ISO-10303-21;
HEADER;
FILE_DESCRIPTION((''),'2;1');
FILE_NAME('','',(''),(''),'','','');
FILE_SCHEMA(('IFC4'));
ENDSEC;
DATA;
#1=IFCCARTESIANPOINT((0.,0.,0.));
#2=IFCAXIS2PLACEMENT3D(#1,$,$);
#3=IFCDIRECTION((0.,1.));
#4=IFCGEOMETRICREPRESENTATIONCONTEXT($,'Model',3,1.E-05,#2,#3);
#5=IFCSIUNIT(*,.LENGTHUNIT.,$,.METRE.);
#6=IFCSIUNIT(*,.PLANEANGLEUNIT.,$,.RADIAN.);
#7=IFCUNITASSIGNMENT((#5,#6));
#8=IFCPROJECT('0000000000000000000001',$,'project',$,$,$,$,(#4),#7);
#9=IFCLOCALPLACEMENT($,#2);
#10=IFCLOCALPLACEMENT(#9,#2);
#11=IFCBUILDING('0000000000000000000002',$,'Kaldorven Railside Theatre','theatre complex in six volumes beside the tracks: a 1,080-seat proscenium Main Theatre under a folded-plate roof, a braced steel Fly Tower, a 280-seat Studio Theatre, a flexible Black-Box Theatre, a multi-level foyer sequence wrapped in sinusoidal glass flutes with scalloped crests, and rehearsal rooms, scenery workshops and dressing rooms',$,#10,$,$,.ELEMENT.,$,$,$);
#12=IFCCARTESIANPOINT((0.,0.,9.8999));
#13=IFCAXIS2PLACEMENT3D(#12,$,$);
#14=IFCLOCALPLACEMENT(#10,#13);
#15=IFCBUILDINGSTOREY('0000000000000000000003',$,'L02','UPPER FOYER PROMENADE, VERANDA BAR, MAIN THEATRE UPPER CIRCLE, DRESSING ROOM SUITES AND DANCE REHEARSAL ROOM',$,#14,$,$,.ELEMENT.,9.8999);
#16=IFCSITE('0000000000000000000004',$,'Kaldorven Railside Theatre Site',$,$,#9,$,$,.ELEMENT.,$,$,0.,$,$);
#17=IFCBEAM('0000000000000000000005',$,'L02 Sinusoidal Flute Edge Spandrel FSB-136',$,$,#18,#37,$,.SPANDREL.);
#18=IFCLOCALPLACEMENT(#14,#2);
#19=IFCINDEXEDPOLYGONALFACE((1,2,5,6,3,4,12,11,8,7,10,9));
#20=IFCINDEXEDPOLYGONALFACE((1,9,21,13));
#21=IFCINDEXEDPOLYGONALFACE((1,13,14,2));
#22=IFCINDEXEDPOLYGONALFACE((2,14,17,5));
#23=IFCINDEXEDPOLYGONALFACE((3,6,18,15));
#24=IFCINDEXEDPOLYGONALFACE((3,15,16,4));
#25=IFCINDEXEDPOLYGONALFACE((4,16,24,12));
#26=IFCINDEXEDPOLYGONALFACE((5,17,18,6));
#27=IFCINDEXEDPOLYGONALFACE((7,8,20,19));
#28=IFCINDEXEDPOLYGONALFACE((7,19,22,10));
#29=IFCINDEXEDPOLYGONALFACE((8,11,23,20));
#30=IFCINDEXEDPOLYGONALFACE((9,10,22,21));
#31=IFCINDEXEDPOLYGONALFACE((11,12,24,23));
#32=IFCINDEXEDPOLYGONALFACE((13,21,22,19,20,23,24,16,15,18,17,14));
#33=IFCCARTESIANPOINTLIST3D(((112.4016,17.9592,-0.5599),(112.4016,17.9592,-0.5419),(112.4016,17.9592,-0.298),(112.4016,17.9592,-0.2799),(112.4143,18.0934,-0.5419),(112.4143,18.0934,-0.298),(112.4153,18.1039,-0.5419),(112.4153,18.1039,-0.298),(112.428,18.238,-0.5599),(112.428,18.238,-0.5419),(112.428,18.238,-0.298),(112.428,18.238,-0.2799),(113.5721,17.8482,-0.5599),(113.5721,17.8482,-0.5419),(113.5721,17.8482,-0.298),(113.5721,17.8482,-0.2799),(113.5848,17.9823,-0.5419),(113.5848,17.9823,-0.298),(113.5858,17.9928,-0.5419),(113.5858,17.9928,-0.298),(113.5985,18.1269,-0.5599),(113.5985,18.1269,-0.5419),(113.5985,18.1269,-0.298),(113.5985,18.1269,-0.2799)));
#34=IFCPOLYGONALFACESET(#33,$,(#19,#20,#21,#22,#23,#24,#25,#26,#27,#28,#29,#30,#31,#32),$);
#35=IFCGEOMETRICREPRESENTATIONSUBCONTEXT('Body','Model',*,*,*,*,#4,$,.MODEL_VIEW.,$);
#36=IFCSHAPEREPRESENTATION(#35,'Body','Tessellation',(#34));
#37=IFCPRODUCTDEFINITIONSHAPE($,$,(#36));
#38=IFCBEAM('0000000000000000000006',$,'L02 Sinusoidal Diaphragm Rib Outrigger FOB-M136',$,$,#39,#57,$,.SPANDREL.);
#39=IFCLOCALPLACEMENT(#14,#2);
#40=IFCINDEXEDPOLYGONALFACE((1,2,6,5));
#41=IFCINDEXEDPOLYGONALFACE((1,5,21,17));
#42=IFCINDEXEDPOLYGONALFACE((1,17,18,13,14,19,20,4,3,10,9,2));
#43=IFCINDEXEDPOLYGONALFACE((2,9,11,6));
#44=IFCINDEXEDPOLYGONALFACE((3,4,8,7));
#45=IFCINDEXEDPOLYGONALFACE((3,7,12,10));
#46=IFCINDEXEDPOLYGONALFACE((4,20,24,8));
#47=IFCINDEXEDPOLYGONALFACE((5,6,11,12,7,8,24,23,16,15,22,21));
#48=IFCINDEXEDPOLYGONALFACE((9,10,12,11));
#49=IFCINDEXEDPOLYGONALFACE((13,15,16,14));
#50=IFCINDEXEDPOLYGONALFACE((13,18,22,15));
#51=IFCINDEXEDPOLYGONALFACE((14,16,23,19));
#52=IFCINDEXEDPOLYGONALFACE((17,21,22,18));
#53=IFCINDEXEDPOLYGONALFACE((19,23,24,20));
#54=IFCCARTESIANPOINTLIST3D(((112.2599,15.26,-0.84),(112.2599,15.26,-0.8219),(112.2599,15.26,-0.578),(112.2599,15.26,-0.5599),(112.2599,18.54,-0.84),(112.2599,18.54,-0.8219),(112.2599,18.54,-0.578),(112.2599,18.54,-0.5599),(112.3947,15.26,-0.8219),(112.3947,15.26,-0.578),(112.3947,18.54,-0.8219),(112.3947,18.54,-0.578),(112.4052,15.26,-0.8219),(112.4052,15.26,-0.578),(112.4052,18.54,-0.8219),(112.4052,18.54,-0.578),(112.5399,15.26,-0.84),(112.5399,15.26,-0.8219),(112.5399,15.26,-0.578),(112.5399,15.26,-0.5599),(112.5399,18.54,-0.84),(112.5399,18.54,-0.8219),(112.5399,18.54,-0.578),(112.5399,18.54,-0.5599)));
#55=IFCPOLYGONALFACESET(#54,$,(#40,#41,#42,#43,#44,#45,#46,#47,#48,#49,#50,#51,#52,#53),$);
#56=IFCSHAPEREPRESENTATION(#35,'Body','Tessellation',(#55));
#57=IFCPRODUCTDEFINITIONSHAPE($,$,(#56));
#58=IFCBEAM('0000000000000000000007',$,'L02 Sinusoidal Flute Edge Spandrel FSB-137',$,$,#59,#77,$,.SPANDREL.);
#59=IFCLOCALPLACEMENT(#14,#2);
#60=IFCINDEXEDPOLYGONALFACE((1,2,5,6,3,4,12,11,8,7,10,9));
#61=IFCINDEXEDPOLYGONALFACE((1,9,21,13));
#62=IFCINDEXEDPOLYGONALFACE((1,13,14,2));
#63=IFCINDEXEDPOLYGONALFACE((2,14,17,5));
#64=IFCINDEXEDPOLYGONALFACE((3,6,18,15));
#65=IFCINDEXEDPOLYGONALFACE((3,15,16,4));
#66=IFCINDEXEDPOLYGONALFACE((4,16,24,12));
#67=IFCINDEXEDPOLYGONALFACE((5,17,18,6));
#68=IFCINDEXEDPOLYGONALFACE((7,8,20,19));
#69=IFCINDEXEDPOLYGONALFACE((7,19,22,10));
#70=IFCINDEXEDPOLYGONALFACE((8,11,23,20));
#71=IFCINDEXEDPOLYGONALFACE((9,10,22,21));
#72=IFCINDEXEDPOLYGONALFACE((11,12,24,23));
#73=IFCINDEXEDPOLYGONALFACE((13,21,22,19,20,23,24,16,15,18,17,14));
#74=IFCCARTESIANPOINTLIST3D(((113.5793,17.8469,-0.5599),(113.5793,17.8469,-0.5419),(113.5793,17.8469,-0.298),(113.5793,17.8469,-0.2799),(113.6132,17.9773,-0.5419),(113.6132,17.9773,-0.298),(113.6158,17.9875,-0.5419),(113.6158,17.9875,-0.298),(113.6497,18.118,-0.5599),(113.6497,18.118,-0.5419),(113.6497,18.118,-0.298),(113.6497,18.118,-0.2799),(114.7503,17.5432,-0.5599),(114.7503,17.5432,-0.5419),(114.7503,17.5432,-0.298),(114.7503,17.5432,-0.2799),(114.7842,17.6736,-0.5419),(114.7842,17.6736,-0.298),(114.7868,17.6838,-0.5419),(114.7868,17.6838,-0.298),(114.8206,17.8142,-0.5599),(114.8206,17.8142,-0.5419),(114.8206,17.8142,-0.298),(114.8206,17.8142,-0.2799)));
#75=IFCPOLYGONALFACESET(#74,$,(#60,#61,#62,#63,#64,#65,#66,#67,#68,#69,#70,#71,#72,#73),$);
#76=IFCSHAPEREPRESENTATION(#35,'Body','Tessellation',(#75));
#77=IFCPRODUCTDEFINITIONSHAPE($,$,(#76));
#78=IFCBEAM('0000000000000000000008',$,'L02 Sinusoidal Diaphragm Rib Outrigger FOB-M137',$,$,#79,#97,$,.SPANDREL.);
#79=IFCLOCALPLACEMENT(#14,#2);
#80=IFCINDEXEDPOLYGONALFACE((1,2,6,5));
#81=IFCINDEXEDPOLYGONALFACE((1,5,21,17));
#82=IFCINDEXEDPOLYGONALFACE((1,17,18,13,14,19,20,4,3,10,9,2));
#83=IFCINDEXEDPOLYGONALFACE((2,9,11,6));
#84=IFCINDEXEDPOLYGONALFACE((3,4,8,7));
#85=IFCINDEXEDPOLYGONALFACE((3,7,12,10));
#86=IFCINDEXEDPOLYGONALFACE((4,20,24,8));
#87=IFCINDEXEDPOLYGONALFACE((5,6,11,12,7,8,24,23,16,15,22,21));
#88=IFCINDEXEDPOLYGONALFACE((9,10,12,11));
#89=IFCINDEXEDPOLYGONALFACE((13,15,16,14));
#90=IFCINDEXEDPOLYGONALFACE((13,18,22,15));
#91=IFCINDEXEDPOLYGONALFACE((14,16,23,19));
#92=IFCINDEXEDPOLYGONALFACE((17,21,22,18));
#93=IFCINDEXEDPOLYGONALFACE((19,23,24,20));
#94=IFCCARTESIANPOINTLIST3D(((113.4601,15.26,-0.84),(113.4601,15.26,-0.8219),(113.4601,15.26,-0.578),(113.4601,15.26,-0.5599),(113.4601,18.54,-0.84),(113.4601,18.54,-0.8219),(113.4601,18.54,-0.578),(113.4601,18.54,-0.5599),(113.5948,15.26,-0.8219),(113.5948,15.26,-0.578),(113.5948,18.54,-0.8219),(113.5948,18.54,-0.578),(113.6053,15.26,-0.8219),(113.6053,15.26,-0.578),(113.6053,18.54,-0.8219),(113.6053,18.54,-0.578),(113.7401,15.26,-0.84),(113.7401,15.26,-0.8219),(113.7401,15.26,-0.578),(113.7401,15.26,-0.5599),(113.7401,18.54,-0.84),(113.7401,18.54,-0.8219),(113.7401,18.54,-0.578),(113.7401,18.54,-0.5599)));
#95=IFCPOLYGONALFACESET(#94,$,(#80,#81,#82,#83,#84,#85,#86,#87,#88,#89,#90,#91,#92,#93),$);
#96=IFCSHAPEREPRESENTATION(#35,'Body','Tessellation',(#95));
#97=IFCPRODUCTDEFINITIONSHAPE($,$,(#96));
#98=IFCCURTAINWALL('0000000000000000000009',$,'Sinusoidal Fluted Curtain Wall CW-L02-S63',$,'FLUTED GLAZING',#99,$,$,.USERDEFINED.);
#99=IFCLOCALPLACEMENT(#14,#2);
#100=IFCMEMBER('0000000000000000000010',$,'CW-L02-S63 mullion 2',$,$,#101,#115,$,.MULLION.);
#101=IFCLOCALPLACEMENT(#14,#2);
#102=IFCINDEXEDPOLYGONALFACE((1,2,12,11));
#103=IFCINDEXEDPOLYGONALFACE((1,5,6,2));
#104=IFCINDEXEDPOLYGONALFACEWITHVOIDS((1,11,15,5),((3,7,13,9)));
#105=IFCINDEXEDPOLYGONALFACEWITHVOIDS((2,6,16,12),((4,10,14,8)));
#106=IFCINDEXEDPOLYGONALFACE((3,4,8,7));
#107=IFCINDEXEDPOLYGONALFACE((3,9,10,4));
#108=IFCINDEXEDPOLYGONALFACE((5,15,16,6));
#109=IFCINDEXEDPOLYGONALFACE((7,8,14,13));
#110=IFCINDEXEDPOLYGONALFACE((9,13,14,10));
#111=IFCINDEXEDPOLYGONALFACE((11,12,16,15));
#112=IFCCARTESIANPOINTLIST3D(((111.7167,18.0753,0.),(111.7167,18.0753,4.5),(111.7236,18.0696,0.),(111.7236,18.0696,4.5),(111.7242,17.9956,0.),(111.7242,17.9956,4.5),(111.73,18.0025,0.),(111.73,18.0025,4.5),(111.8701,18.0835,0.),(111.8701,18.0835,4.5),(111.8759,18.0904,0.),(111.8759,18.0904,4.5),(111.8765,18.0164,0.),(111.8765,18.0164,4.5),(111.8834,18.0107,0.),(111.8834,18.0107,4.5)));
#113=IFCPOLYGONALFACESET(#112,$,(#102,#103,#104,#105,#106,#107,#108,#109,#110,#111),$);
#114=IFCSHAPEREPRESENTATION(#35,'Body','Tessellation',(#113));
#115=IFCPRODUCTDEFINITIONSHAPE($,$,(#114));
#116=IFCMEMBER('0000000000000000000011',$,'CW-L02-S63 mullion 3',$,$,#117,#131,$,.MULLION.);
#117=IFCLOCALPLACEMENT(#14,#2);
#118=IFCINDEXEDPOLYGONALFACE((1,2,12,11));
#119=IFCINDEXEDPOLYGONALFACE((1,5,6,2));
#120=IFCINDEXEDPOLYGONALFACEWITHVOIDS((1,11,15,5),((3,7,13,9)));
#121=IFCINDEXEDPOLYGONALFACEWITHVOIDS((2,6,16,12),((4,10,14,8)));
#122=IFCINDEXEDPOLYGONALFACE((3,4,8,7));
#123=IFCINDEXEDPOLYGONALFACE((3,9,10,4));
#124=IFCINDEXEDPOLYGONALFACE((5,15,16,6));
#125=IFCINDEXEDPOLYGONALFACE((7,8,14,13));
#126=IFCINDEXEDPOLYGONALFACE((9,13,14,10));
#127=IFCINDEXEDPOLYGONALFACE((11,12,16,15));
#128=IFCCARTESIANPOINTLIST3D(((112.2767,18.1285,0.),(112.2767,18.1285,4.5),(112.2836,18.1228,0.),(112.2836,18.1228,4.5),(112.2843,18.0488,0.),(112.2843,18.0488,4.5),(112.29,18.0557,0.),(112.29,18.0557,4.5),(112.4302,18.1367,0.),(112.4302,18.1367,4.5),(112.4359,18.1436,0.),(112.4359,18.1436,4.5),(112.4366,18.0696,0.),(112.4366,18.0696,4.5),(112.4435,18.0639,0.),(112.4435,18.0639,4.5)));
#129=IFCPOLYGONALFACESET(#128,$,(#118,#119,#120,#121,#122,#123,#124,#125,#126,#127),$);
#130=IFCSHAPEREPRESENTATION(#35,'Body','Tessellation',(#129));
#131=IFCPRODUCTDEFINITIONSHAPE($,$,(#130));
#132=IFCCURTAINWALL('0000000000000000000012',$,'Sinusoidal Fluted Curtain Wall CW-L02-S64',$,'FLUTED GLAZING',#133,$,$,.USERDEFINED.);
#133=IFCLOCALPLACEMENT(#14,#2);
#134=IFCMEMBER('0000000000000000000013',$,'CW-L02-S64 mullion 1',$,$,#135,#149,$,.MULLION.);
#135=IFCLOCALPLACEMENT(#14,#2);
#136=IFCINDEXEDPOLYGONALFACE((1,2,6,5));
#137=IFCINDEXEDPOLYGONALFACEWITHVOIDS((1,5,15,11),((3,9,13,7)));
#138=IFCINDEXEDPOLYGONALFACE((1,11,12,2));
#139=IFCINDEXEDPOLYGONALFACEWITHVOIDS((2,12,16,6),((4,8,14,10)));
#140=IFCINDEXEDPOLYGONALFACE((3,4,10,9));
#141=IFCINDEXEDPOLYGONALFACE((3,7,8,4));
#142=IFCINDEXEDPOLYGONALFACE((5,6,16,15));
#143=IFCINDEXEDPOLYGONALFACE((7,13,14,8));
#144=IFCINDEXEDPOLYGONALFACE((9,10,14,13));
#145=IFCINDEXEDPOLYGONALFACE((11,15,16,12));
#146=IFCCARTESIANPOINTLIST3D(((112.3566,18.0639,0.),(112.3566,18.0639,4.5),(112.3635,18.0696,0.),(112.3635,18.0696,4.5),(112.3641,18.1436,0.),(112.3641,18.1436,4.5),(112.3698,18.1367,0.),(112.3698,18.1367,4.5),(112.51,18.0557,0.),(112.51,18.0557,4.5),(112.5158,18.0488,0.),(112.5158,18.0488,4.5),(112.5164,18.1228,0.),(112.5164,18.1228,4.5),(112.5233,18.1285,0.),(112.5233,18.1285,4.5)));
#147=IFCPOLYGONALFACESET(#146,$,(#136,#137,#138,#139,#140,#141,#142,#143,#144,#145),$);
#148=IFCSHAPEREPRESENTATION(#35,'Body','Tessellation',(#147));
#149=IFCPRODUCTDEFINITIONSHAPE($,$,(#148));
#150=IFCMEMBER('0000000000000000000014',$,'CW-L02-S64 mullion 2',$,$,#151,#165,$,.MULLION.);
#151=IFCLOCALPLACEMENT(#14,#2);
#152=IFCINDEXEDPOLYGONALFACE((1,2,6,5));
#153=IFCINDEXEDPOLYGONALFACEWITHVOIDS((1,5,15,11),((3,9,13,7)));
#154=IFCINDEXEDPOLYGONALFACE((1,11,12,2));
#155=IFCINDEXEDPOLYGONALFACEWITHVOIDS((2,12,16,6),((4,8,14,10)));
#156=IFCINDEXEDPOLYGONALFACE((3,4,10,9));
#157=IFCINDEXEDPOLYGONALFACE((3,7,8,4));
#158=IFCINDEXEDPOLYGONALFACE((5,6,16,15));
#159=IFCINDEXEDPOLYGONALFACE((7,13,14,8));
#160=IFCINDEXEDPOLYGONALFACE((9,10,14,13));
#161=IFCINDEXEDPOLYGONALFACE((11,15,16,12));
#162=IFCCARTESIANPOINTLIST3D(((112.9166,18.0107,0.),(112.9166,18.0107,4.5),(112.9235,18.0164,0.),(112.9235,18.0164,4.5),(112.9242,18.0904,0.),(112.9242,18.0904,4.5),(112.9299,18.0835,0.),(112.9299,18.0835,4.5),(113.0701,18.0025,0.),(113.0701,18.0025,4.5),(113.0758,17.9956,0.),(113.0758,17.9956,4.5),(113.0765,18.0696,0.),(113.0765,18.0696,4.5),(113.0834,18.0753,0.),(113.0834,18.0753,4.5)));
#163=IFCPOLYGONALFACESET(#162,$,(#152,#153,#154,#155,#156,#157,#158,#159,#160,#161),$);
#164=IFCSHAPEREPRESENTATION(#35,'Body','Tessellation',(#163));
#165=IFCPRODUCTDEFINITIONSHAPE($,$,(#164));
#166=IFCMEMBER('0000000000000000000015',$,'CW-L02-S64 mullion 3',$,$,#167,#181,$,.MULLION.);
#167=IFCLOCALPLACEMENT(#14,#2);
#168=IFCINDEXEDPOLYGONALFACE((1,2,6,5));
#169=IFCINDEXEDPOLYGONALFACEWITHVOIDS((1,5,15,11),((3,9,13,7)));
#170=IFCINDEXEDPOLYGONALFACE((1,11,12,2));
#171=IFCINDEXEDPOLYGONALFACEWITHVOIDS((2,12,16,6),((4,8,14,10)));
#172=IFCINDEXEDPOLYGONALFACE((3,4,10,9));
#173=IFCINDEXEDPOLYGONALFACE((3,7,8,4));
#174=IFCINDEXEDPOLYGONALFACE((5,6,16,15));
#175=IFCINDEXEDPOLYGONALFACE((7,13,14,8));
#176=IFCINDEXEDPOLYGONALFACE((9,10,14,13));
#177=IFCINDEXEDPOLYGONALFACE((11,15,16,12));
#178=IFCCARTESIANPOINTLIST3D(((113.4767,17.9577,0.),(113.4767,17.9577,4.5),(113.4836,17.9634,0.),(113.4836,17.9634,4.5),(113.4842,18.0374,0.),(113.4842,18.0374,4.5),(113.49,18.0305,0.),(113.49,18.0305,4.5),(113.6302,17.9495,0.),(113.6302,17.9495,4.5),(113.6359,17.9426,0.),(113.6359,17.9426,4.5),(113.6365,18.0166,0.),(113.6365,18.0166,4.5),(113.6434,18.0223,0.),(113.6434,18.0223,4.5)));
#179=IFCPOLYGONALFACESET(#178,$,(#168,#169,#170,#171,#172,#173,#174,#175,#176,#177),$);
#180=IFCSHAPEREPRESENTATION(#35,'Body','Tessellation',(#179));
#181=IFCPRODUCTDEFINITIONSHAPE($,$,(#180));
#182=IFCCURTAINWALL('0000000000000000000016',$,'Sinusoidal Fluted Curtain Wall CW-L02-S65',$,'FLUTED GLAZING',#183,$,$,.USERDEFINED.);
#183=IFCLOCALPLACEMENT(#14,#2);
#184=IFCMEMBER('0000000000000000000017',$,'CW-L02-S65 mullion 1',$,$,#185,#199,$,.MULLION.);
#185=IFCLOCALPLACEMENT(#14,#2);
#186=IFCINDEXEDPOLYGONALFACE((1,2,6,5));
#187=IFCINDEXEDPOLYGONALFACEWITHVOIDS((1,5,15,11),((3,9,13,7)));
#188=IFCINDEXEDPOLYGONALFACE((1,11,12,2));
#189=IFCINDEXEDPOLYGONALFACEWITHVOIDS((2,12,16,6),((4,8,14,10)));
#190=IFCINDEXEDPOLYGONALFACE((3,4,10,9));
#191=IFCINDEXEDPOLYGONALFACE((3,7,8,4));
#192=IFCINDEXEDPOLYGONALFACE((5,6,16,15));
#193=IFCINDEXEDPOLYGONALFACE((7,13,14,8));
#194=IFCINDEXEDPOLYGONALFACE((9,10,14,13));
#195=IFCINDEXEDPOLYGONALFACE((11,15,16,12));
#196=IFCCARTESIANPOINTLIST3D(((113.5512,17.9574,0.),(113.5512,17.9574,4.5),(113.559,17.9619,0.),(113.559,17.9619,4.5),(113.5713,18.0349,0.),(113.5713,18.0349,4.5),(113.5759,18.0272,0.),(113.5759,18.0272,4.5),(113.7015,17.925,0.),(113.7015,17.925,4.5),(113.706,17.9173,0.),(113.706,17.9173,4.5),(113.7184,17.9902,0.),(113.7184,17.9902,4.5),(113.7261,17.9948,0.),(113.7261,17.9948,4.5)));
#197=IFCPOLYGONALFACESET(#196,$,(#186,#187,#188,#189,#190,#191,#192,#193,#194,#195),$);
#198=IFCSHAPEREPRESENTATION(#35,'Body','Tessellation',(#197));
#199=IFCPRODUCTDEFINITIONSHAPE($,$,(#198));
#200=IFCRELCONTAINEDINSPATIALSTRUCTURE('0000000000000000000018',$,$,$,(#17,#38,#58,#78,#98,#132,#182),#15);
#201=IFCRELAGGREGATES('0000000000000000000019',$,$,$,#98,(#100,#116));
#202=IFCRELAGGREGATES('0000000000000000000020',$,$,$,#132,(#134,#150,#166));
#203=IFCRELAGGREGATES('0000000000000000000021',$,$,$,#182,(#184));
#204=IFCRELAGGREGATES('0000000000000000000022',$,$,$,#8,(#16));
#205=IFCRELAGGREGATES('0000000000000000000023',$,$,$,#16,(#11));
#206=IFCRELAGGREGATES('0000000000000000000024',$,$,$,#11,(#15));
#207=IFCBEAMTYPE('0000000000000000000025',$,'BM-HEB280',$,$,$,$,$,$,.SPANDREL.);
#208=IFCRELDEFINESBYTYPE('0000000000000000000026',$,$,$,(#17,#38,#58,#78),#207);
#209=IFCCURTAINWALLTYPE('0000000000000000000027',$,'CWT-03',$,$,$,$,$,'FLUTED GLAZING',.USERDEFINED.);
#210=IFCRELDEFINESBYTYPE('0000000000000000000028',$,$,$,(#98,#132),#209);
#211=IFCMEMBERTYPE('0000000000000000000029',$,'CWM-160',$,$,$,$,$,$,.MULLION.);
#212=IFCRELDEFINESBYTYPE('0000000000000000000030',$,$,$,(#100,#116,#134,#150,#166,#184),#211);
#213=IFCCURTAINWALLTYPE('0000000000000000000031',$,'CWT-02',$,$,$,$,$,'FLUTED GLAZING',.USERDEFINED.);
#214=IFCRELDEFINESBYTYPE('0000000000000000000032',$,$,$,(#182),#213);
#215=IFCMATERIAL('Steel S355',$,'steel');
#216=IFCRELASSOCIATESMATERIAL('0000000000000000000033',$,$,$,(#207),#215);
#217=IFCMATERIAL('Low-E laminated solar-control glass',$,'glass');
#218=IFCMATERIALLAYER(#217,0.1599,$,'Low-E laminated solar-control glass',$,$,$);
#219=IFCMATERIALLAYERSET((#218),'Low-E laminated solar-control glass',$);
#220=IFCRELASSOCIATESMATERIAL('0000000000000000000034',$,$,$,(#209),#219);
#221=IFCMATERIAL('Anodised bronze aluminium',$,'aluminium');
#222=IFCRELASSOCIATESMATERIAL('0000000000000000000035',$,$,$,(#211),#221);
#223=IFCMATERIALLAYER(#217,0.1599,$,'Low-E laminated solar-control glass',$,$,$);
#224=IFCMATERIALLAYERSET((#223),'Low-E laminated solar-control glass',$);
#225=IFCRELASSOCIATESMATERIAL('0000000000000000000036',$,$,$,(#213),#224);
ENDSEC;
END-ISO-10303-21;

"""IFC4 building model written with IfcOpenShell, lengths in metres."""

from ifc_helpers import new_model, si_unit, direction, frame, origin, origin_2d, place, context, subcontext, project, spatial, hollow_rectangle, i_section, extrude, material, layer, layer_set, material_profile, profile_set, type_object, element, aggregate, save


model = new_model("IFC4")

# Units and contexts
model_context = context("Model", 3, precision=1e-05, world=origin(), true_north=direction((0.0, 1.0)))
body_context = subcontext(model_context, "Body", "Model", "MODEL_VIEW")
ifc_project = project(units=[si_unit("LENGTHUNIT", "METRE"), si_unit("PLANEANGLEUNIT", "RADIAN")], contexts=[model_context])

# Site, building, storey
site_placement = place(None, origin())
site = spatial("IfcSite", under=ifc_project, at=site_placement, Name="Kaldorven Railside Theatre Site", CompositionType="ELEMENT", RefElevation=0.0)
building_placement = place(site_placement, origin())
building = spatial("IfcBuilding", under=site, at=building_placement, Name="Kaldorven Railside Theatre", Description="theatre complex in six volumes beside the tracks: a 1,080-seat proscenium Main Theatre under a folded-plate roof, a braced steel Fly Tower, a 280-seat Studio Theatre, a flexible Black-Box Theatre, a multi-level foyer sequence wrapped in sinusoidal glass flutes with scalloped crests, and rehearsal rooms, scenery workshops and dressing rooms", CompositionType="ELEMENT")
storey_placement = place(building_placement, frame((0.0, 0.0, 9.8999)))
storey = spatial("IfcBuildingStorey", under=building, at=storey_placement, Name="L02", Description="UPPER FOYER PROMENADE, VERANDA BAR, MAIN THEATRE UPPER CIRCLE, DRESSING ROOM SUITES AND DANCE REHEARSAL ROOM", CompositionType="ELEMENT", Elevation=9.8999)

# Beams
ifc_material_1 = material(Name="Steel S355", Category="steel")
ifc_material_profile_1 = material_profile(ifc_material_1, i_section(OverallWidth=0.28, OverallDepth=0.28, WebThickness=0.0105, FlangeThickness=0.0181, at=origin_2d()), Name="HEB 280")
ifc_profile_set_1 = profile_set([ifc_material_profile_1], Name="Steel S355")
beam_type = type_object("IfcBeamType", Name="BM-HEB280", PredefinedType="SPANDREL", material=ifc_profile_set_1)
beam_1_placement = place(storey_placement, frame((112.4148, 18.0986, -0.4199), z_axis=(0.995526, -0.094486, 0.0), x_axis=(0.094486, 0.995526, 0.0)))
element("IfcBeam", 1, at=beam_1_placement, inside=storey, type_object=beam_type, Name="L02 Sinusoidal Flute Edge Spandrel FSB-136", PredefinedType="SPANDREL", context=body_context, shape_type="SweptSolid", body=[
    extrude(i_section(OverallWidth=0.28, OverallDepth=0.28, WebThickness=0.0105, FlangeThickness=0.0181, at=origin_2d()), origin(), (0.0, 0.0, 1.0), 1.1758),
])
beam_2_placement = place(storey_placement, frame((112.3999, 15.26, -0.7), z_axis=(0.0, 1.0, 0.0), x_axis=(-1.0, 0.0, 0.0)))
element("IfcBeam", 2, at=beam_2_placement, inside=storey, type_object=beam_type, Name="L02 Sinusoidal Diaphragm Rib Outrigger FOB-M136", PredefinedType="SPANDREL", context=body_context, shape_type="SweptSolid", body=[
    extrude(i_section(OverallWidth=0.28, OverallDepth=0.28, WebThickness=0.0105, FlangeThickness=0.0181, at=origin_2d()), origin(), (0.0, 0.0, 1.0), 3.28),
])
beam_3_placement = place(storey_placement, frame((113.6145, 17.9824, -0.4199), z_axis=(0.967968, -0.251074, 0.0), x_axis=(0.251074, 0.967968, 0.0)))
element("IfcBeam", 3, at=beam_3_placement, inside=storey, type_object=beam_type, Name="L02 Sinusoidal Flute Edge Spandrel FSB-137", PredefinedType="SPANDREL", context=body_context, shape_type="SweptSolid", body=[
    extrude(i_section(OverallWidth=0.28, OverallDepth=0.28, WebThickness=0.0105, FlangeThickness=0.0181, at=origin_2d()), origin(), (0.0, 0.0, 1.0), 1.2097),
])
beam_4_placement = place(storey_placement, frame((113.6001, 15.26, -0.7), z_axis=(0.0, 1.0, 0.0), x_axis=(-1.0, 0.0, 0.0)))
element("IfcBeam", 4, at=beam_4_placement, inside=storey, type_object=beam_type, Name="L02 Sinusoidal Diaphragm Rib Outrigger FOB-M137", PredefinedType="SPANDREL", context=body_context, shape_type="SweptSolid", body=[
    extrude(i_section(OverallWidth=0.28, OverallDepth=0.28, WebThickness=0.0105, FlangeThickness=0.0181, at=origin_2d()), origin(), (0.0, 0.0, 1.0), 3.28),
])

# Curtain walls, members
ifc_material_2 = material(Name="Low-E laminated solar-control glass", Category="glass")
ifc_layer_1 = layer(ifc_material_2, 0.1599, Name="Low-E laminated solar-control glass")
ifc_layer_set_1 = layer_set([ifc_layer_1], Name="Low-E laminated solar-control glass")
curtain_wall_type_1 = type_object("IfcCurtainWallType", Name="CWT-03", ElementType="FLUTED GLAZING", PredefinedType="USERDEFINED", material=ifc_layer_set_1)
curtain_wall_1_placement = place(storey_placement, origin())
curtain_wall_1 = element("IfcCurtainWall", 5, at=curtain_wall_1_placement, inside=storey, type_object=curtain_wall_type_1, Name="Sinusoidal Fluted Curtain Wall CW-L02-S63", ObjectType="FLUTED GLAZING", PredefinedType="USERDEFINED")
ifc_material_3 = material(Name="Anodised bronze aluminium", Category="aluminium")
ifc_material_profile_2 = material_profile(ifc_material_3, hollow_rectangle(XDim=0.0801, YDim=0.1599, WallThickness=0.0063, at=origin_2d()), Name="RHS 160x80x6.3")
ifc_profile_set_2 = profile_set([ifc_material_profile_2], Name="Anodised bronze aluminium")
member_type_1 = type_object("IfcMemberType", Name="CWM-160", PredefinedType="MULLION", material=ifc_profile_set_2)
member_1_placement = place(storey_placement, frame((111.8, 18.043, 0.0), z_axis=(0.0, 0.0, 1.0), x_axis=(-0.094492, 0.995526, 0.0)))
member_1 = element("IfcMember", 6, at=member_1_placement, type_object=member_type_1, Name="CW-L02-S63 mullion 2", PredefinedType="MULLION", context=body_context, shape_type="SweptSolid", body=[
    extrude(hollow_rectangle(XDim=0.0801, YDim=0.1599, WallThickness=0.0063, at=origin_2d()), origin(), (0.0, 0.0, 1.0), 4.5),
])
member_2_placement = place(storey_placement, frame((112.3601, 18.0962, 0.0), z_axis=(0.0, 0.0, 1.0), x_axis=(-0.094492, 0.995526, 0.0)))
member_2 = element("IfcMember", 7, at=member_2_placement, type_object=member_type_1, Name="CW-L02-S63 mullion 3", PredefinedType="MULLION", context=body_context, shape_type="SweptSolid", body=[
    extrude(hollow_rectangle(XDim=0.0801, YDim=0.1599, WallThickness=0.0063, at=origin_2d()), origin(), (0.0, 0.0, 1.0), 4.5),
])
curtain_wall_2_placement = place(storey_placement, origin())
curtain_wall_2 = element("IfcCurtainWall", 8, at=curtain_wall_2_placement, inside=storey, type_object=curtain_wall_type_1, Name="Sinusoidal Fluted Curtain Wall CW-L02-S64", ObjectType="FLUTED GLAZING", PredefinedType="USERDEFINED")
member_3_placement = place(storey_placement, frame((112.4399, 18.0962, 0.0), z_axis=(0.0, 0.0, 1.0), x_axis=(0.094492, 0.995526, 0.0)))
member_3 = element("IfcMember", 9, at=member_3_placement, type_object=member_type_1, Name="CW-L02-S64 mullion 1", PredefinedType="MULLION", context=body_context, shape_type="SweptSolid", body=[
    extrude(hollow_rectangle(XDim=0.0801, YDim=0.1599, WallThickness=0.0063, at=origin_2d()), origin(), (0.0, 0.0, 1.0), 4.5),
])
member_4_placement = place(storey_placement, frame((113.0, 18.043, 0.0), z_axis=(0.0, 0.0, 1.0), x_axis=(0.094492, 0.995526, 0.0)))
member_4 = element("IfcMember", 10, at=member_4_placement, type_object=member_type_1, Name="CW-L02-S64 mullion 2", PredefinedType="MULLION", context=body_context, shape_type="SweptSolid", body=[
    extrude(hollow_rectangle(XDim=0.0801, YDim=0.1599, WallThickness=0.0063, at=origin_2d()), origin(), (0.0, 0.0, 1.0), 4.5),
])
member_5_placement = place(storey_placement, frame((113.5601, 17.99, 0.0), z_axis=(0.0, 0.0, 1.0), x_axis=(0.094492, 0.995526, 0.0)))
member_5 = element("IfcMember", 11, at=member_5_placement, type_object=member_type_1, Name="CW-L02-S64 mullion 3", PredefinedType="MULLION", context=body_context, shape_type="SweptSolid", body=[
    extrude(hollow_rectangle(XDim=0.0801, YDim=0.1599, WallThickness=0.0063, at=origin_2d()), origin(), (0.0, 0.0, 1.0), 4.5),
])
ifc_layer_2 = layer(ifc_material_2, 0.1599, Name="Low-E laminated solar-control glass")
ifc_layer_set_2 = layer_set([ifc_layer_2], Name="Low-E laminated solar-control glass")
curtain_wall_type_2 = type_object("IfcCurtainWallType", Name="CWT-02", ElementType="FLUTED GLAZING", PredefinedType="USERDEFINED", material=ifc_layer_set_2)
curtain_wall_3_placement = place(storey_placement, origin())
curtain_wall_3 = element("IfcCurtainWall", 12, at=curtain_wall_3_placement, inside=storey, type_object=curtain_wall_type_2, Name="Sinusoidal Fluted Curtain Wall CW-L02-S65", ObjectType="FLUTED GLAZING", PredefinedType="USERDEFINED")
member_6_placement = place(storey_placement, frame((113.6387, 17.9761, 0.0), z_axis=(0.0, 0.0, 1.0), x_axis=(0.250954, 0.967999, 0.0)))
member_6 = element("IfcMember", 13, at=member_6_placement, type_object=member_type_1, Name="CW-L02-S65 mullion 1", PredefinedType="MULLION", context=body_context, shape_type="SweptSolid", body=[
    extrude(hollow_rectangle(XDim=0.0801, YDim=0.1599, WallThickness=0.0063, at=origin_2d()), origin(), (0.0, 0.0, 1.0), 4.5),
])

aggregate(curtain_wall_1, [member_1, member_2])
aggregate(curtain_wall_2, [member_3, member_4, member_5])
aggregate(curtain_wall_3, [member_6])

save(model, "model.ifc")
